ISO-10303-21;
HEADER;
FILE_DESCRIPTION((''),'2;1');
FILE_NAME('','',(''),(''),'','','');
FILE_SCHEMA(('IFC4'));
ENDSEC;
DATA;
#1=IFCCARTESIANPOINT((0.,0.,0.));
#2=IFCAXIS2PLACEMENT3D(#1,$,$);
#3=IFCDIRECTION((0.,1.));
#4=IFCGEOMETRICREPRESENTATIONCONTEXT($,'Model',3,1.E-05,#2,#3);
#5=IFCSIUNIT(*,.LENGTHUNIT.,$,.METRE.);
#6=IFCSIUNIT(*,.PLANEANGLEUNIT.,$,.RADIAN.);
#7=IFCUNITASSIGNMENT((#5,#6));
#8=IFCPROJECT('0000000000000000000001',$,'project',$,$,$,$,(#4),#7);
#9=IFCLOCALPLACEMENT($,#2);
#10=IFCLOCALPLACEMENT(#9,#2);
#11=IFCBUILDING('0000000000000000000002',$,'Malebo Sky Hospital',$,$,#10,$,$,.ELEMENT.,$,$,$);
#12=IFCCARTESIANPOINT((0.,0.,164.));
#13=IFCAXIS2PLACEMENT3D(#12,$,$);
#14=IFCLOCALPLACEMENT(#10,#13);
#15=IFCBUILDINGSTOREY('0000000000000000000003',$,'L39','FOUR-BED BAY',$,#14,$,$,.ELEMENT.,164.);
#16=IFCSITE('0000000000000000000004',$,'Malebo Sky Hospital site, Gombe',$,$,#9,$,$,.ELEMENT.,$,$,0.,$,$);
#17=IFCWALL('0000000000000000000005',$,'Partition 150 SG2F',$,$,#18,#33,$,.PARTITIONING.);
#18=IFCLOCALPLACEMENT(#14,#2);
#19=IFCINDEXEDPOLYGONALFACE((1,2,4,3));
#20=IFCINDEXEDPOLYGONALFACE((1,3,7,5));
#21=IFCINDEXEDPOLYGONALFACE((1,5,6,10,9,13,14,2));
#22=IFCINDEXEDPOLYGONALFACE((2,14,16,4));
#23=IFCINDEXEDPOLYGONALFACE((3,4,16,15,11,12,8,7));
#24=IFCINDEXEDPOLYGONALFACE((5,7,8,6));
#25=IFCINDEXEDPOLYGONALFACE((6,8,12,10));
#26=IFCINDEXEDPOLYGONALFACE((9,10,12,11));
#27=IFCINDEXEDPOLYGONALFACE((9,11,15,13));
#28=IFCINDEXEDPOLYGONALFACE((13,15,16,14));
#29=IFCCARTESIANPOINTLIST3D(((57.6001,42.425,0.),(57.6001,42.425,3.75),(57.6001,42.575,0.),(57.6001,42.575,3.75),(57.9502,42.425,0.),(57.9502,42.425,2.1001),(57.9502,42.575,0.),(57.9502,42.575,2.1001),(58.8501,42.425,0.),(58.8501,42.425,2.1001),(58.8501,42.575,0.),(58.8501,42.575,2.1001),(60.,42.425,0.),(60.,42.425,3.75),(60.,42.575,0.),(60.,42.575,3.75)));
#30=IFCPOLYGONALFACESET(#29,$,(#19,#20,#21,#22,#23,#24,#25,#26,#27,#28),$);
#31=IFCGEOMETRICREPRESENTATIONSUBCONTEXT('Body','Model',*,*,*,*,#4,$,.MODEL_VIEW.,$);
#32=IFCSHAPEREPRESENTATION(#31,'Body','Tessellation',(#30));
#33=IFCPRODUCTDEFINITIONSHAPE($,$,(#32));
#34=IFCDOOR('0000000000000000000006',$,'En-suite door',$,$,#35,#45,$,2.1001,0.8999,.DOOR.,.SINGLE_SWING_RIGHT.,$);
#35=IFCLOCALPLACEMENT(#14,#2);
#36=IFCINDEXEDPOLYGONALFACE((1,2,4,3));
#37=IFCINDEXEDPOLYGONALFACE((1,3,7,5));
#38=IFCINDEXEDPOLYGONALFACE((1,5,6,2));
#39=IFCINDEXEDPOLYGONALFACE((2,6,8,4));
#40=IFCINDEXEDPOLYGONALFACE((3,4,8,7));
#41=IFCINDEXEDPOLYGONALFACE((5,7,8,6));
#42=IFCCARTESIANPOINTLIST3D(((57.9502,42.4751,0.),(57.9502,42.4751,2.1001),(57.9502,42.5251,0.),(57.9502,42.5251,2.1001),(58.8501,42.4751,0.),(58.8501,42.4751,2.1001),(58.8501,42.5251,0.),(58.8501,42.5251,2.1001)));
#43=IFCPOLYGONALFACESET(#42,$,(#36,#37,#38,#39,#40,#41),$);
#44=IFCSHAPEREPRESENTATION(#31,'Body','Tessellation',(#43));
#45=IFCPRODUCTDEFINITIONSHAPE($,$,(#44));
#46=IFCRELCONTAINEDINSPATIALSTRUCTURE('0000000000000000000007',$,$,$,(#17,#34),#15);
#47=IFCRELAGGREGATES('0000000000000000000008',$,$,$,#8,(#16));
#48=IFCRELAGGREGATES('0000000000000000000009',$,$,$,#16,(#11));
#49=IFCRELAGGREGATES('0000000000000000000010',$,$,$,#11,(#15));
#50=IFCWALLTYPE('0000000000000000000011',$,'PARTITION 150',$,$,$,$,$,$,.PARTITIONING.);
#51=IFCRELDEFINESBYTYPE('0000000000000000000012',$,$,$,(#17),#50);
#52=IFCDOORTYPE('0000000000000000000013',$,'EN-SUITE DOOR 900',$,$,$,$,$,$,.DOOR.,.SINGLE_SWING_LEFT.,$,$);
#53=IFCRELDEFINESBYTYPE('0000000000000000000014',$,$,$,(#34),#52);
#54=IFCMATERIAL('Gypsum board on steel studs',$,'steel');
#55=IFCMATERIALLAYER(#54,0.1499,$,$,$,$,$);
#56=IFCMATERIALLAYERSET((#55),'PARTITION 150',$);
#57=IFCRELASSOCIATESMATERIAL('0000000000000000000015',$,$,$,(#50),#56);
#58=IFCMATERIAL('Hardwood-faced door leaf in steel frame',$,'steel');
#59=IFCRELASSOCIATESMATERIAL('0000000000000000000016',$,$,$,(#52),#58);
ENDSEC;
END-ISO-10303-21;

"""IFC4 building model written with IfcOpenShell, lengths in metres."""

from ifc_helpers import new_model, si_unit, direction, frame, frame_2d, origin, place, context, subcontext, project, spatial, rectangle, extrude, material, layer, layer_set, type_object, element, fill, save


model = new_model("IFC4")

# Units and contexts
model_context = context("Model", 3, precision=1e-05, world=origin(), true_north=direction((0.0, 1.0)))
body_context = subcontext(model_context, "Body", "Model", "MODEL_VIEW")
ifc_project = project(units=[si_unit("LENGTHUNIT", "METRE"), si_unit("PLANEANGLEUNIT", "RADIAN")], contexts=[model_context])

# Site, building, storey
site_placement = place(None, origin())
site = spatial("IfcSite", under=ifc_project, at=site_placement, Name="Malebo Sky Hospital site, Gombe", CompositionType="ELEMENT", RefElevation=0.0)
building_placement = place(site_placement, origin())
building = spatial("IfcBuilding", under=site, at=building_placement, Name="Malebo Sky Hospital", CompositionType="ELEMENT")
storey_placement = place(building_placement, frame((0.0, 0.0, 164.0)))
storey = spatial("IfcBuildingStorey", under=building, at=storey_placement, Name="L39", Description="FOUR-BED BAY", CompositionType="ELEMENT", Elevation=164.0)

# Shared definitions
ifc_material_1 = material(Name="Gypsum board on steel studs", Category="steel")
ifc_layer = layer(ifc_material_1, 0.1499)
ifc_layer_set = layer_set([ifc_layer], Name="PARTITION 150")
wall_type = type_object("IfcWallType", Name="PARTITION 150", PredefinedType="PARTITIONING", material=ifc_layer_set)

# Shared definitions
ifc_material_2 = material(Name="Hardwood-faced door leaf in steel frame", Category="steel")
door_type = type_object("IfcDoorType", Name="EN-SUITE DOOR 900", OperationType="SINGLE_SWING_LEFT", PredefinedType="DOOR", material=ifc_material_2)

# Wall, opening, door
wall_1_placement = place(storey_placement, frame((60.0, 42.5, 0.0), z_axis=(0.0, 0.0, 1.0), x_axis=(-1.0, 0.0, 0.0)))
wall_1 = element("IfcWall", 1, at=wall_1_placement, inside=storey, type_object=wall_type, Name="Partition 150 SG2F", PredefinedType="PARTITIONING", context=body_context, shape_type="SweptSolid", body=[
    extrude(rectangle(XDim=2.3999, YDim=0.1499, at=frame_2d((1.2, 0.0))), origin(), (0.0, 0.0, 1.0), 3.75),
])
opening_1_placement = place(wall_1_placement, frame((1.1499, 0.0, 0.0)))
opening_1 = element("IfcOpeningElement", 2, at=opening_1_placement, cuts=wall_1, PredefinedType="OPENING", context=body_context, shape_type="SweptSolid", body=[
    extrude(rectangle(XDim=0.8999, YDim=2.1001, at=frame_2d((0.45, 1.05))), frame((0.0, 0.085, 0.0), z_axis=(0.0, -1.0, 0.0), x_axis=(1.0, 0.0, 0.0)), (0.0, 0.0, 1.0), 0.1699),
])
door_1_placement = place(opening_1_placement, origin())
door_1 = element("IfcDoor", 3, at=door_1_placement, inside=storey, type_object=door_type, Name="En-suite door", OperationType="SINGLE_SWING_RIGHT", OverallHeight=2.1001, OverallWidth=0.8999, PredefinedType="DOOR", context=body_context, shape_type="SweptSolid", body=[
    extrude(rectangle(XDim=0.8999, YDim=2.1001, at=frame_2d((0.45, 1.05))), frame((0.0, 0.0249, 0.0), z_axis=(0.0, -1.0, 0.0), x_axis=(1.0, 0.0, 0.0)), (0.0, 0.0, 1.0), 0.05),
])
fill(opening_1, door_1)

save(model, "model.ifc")
